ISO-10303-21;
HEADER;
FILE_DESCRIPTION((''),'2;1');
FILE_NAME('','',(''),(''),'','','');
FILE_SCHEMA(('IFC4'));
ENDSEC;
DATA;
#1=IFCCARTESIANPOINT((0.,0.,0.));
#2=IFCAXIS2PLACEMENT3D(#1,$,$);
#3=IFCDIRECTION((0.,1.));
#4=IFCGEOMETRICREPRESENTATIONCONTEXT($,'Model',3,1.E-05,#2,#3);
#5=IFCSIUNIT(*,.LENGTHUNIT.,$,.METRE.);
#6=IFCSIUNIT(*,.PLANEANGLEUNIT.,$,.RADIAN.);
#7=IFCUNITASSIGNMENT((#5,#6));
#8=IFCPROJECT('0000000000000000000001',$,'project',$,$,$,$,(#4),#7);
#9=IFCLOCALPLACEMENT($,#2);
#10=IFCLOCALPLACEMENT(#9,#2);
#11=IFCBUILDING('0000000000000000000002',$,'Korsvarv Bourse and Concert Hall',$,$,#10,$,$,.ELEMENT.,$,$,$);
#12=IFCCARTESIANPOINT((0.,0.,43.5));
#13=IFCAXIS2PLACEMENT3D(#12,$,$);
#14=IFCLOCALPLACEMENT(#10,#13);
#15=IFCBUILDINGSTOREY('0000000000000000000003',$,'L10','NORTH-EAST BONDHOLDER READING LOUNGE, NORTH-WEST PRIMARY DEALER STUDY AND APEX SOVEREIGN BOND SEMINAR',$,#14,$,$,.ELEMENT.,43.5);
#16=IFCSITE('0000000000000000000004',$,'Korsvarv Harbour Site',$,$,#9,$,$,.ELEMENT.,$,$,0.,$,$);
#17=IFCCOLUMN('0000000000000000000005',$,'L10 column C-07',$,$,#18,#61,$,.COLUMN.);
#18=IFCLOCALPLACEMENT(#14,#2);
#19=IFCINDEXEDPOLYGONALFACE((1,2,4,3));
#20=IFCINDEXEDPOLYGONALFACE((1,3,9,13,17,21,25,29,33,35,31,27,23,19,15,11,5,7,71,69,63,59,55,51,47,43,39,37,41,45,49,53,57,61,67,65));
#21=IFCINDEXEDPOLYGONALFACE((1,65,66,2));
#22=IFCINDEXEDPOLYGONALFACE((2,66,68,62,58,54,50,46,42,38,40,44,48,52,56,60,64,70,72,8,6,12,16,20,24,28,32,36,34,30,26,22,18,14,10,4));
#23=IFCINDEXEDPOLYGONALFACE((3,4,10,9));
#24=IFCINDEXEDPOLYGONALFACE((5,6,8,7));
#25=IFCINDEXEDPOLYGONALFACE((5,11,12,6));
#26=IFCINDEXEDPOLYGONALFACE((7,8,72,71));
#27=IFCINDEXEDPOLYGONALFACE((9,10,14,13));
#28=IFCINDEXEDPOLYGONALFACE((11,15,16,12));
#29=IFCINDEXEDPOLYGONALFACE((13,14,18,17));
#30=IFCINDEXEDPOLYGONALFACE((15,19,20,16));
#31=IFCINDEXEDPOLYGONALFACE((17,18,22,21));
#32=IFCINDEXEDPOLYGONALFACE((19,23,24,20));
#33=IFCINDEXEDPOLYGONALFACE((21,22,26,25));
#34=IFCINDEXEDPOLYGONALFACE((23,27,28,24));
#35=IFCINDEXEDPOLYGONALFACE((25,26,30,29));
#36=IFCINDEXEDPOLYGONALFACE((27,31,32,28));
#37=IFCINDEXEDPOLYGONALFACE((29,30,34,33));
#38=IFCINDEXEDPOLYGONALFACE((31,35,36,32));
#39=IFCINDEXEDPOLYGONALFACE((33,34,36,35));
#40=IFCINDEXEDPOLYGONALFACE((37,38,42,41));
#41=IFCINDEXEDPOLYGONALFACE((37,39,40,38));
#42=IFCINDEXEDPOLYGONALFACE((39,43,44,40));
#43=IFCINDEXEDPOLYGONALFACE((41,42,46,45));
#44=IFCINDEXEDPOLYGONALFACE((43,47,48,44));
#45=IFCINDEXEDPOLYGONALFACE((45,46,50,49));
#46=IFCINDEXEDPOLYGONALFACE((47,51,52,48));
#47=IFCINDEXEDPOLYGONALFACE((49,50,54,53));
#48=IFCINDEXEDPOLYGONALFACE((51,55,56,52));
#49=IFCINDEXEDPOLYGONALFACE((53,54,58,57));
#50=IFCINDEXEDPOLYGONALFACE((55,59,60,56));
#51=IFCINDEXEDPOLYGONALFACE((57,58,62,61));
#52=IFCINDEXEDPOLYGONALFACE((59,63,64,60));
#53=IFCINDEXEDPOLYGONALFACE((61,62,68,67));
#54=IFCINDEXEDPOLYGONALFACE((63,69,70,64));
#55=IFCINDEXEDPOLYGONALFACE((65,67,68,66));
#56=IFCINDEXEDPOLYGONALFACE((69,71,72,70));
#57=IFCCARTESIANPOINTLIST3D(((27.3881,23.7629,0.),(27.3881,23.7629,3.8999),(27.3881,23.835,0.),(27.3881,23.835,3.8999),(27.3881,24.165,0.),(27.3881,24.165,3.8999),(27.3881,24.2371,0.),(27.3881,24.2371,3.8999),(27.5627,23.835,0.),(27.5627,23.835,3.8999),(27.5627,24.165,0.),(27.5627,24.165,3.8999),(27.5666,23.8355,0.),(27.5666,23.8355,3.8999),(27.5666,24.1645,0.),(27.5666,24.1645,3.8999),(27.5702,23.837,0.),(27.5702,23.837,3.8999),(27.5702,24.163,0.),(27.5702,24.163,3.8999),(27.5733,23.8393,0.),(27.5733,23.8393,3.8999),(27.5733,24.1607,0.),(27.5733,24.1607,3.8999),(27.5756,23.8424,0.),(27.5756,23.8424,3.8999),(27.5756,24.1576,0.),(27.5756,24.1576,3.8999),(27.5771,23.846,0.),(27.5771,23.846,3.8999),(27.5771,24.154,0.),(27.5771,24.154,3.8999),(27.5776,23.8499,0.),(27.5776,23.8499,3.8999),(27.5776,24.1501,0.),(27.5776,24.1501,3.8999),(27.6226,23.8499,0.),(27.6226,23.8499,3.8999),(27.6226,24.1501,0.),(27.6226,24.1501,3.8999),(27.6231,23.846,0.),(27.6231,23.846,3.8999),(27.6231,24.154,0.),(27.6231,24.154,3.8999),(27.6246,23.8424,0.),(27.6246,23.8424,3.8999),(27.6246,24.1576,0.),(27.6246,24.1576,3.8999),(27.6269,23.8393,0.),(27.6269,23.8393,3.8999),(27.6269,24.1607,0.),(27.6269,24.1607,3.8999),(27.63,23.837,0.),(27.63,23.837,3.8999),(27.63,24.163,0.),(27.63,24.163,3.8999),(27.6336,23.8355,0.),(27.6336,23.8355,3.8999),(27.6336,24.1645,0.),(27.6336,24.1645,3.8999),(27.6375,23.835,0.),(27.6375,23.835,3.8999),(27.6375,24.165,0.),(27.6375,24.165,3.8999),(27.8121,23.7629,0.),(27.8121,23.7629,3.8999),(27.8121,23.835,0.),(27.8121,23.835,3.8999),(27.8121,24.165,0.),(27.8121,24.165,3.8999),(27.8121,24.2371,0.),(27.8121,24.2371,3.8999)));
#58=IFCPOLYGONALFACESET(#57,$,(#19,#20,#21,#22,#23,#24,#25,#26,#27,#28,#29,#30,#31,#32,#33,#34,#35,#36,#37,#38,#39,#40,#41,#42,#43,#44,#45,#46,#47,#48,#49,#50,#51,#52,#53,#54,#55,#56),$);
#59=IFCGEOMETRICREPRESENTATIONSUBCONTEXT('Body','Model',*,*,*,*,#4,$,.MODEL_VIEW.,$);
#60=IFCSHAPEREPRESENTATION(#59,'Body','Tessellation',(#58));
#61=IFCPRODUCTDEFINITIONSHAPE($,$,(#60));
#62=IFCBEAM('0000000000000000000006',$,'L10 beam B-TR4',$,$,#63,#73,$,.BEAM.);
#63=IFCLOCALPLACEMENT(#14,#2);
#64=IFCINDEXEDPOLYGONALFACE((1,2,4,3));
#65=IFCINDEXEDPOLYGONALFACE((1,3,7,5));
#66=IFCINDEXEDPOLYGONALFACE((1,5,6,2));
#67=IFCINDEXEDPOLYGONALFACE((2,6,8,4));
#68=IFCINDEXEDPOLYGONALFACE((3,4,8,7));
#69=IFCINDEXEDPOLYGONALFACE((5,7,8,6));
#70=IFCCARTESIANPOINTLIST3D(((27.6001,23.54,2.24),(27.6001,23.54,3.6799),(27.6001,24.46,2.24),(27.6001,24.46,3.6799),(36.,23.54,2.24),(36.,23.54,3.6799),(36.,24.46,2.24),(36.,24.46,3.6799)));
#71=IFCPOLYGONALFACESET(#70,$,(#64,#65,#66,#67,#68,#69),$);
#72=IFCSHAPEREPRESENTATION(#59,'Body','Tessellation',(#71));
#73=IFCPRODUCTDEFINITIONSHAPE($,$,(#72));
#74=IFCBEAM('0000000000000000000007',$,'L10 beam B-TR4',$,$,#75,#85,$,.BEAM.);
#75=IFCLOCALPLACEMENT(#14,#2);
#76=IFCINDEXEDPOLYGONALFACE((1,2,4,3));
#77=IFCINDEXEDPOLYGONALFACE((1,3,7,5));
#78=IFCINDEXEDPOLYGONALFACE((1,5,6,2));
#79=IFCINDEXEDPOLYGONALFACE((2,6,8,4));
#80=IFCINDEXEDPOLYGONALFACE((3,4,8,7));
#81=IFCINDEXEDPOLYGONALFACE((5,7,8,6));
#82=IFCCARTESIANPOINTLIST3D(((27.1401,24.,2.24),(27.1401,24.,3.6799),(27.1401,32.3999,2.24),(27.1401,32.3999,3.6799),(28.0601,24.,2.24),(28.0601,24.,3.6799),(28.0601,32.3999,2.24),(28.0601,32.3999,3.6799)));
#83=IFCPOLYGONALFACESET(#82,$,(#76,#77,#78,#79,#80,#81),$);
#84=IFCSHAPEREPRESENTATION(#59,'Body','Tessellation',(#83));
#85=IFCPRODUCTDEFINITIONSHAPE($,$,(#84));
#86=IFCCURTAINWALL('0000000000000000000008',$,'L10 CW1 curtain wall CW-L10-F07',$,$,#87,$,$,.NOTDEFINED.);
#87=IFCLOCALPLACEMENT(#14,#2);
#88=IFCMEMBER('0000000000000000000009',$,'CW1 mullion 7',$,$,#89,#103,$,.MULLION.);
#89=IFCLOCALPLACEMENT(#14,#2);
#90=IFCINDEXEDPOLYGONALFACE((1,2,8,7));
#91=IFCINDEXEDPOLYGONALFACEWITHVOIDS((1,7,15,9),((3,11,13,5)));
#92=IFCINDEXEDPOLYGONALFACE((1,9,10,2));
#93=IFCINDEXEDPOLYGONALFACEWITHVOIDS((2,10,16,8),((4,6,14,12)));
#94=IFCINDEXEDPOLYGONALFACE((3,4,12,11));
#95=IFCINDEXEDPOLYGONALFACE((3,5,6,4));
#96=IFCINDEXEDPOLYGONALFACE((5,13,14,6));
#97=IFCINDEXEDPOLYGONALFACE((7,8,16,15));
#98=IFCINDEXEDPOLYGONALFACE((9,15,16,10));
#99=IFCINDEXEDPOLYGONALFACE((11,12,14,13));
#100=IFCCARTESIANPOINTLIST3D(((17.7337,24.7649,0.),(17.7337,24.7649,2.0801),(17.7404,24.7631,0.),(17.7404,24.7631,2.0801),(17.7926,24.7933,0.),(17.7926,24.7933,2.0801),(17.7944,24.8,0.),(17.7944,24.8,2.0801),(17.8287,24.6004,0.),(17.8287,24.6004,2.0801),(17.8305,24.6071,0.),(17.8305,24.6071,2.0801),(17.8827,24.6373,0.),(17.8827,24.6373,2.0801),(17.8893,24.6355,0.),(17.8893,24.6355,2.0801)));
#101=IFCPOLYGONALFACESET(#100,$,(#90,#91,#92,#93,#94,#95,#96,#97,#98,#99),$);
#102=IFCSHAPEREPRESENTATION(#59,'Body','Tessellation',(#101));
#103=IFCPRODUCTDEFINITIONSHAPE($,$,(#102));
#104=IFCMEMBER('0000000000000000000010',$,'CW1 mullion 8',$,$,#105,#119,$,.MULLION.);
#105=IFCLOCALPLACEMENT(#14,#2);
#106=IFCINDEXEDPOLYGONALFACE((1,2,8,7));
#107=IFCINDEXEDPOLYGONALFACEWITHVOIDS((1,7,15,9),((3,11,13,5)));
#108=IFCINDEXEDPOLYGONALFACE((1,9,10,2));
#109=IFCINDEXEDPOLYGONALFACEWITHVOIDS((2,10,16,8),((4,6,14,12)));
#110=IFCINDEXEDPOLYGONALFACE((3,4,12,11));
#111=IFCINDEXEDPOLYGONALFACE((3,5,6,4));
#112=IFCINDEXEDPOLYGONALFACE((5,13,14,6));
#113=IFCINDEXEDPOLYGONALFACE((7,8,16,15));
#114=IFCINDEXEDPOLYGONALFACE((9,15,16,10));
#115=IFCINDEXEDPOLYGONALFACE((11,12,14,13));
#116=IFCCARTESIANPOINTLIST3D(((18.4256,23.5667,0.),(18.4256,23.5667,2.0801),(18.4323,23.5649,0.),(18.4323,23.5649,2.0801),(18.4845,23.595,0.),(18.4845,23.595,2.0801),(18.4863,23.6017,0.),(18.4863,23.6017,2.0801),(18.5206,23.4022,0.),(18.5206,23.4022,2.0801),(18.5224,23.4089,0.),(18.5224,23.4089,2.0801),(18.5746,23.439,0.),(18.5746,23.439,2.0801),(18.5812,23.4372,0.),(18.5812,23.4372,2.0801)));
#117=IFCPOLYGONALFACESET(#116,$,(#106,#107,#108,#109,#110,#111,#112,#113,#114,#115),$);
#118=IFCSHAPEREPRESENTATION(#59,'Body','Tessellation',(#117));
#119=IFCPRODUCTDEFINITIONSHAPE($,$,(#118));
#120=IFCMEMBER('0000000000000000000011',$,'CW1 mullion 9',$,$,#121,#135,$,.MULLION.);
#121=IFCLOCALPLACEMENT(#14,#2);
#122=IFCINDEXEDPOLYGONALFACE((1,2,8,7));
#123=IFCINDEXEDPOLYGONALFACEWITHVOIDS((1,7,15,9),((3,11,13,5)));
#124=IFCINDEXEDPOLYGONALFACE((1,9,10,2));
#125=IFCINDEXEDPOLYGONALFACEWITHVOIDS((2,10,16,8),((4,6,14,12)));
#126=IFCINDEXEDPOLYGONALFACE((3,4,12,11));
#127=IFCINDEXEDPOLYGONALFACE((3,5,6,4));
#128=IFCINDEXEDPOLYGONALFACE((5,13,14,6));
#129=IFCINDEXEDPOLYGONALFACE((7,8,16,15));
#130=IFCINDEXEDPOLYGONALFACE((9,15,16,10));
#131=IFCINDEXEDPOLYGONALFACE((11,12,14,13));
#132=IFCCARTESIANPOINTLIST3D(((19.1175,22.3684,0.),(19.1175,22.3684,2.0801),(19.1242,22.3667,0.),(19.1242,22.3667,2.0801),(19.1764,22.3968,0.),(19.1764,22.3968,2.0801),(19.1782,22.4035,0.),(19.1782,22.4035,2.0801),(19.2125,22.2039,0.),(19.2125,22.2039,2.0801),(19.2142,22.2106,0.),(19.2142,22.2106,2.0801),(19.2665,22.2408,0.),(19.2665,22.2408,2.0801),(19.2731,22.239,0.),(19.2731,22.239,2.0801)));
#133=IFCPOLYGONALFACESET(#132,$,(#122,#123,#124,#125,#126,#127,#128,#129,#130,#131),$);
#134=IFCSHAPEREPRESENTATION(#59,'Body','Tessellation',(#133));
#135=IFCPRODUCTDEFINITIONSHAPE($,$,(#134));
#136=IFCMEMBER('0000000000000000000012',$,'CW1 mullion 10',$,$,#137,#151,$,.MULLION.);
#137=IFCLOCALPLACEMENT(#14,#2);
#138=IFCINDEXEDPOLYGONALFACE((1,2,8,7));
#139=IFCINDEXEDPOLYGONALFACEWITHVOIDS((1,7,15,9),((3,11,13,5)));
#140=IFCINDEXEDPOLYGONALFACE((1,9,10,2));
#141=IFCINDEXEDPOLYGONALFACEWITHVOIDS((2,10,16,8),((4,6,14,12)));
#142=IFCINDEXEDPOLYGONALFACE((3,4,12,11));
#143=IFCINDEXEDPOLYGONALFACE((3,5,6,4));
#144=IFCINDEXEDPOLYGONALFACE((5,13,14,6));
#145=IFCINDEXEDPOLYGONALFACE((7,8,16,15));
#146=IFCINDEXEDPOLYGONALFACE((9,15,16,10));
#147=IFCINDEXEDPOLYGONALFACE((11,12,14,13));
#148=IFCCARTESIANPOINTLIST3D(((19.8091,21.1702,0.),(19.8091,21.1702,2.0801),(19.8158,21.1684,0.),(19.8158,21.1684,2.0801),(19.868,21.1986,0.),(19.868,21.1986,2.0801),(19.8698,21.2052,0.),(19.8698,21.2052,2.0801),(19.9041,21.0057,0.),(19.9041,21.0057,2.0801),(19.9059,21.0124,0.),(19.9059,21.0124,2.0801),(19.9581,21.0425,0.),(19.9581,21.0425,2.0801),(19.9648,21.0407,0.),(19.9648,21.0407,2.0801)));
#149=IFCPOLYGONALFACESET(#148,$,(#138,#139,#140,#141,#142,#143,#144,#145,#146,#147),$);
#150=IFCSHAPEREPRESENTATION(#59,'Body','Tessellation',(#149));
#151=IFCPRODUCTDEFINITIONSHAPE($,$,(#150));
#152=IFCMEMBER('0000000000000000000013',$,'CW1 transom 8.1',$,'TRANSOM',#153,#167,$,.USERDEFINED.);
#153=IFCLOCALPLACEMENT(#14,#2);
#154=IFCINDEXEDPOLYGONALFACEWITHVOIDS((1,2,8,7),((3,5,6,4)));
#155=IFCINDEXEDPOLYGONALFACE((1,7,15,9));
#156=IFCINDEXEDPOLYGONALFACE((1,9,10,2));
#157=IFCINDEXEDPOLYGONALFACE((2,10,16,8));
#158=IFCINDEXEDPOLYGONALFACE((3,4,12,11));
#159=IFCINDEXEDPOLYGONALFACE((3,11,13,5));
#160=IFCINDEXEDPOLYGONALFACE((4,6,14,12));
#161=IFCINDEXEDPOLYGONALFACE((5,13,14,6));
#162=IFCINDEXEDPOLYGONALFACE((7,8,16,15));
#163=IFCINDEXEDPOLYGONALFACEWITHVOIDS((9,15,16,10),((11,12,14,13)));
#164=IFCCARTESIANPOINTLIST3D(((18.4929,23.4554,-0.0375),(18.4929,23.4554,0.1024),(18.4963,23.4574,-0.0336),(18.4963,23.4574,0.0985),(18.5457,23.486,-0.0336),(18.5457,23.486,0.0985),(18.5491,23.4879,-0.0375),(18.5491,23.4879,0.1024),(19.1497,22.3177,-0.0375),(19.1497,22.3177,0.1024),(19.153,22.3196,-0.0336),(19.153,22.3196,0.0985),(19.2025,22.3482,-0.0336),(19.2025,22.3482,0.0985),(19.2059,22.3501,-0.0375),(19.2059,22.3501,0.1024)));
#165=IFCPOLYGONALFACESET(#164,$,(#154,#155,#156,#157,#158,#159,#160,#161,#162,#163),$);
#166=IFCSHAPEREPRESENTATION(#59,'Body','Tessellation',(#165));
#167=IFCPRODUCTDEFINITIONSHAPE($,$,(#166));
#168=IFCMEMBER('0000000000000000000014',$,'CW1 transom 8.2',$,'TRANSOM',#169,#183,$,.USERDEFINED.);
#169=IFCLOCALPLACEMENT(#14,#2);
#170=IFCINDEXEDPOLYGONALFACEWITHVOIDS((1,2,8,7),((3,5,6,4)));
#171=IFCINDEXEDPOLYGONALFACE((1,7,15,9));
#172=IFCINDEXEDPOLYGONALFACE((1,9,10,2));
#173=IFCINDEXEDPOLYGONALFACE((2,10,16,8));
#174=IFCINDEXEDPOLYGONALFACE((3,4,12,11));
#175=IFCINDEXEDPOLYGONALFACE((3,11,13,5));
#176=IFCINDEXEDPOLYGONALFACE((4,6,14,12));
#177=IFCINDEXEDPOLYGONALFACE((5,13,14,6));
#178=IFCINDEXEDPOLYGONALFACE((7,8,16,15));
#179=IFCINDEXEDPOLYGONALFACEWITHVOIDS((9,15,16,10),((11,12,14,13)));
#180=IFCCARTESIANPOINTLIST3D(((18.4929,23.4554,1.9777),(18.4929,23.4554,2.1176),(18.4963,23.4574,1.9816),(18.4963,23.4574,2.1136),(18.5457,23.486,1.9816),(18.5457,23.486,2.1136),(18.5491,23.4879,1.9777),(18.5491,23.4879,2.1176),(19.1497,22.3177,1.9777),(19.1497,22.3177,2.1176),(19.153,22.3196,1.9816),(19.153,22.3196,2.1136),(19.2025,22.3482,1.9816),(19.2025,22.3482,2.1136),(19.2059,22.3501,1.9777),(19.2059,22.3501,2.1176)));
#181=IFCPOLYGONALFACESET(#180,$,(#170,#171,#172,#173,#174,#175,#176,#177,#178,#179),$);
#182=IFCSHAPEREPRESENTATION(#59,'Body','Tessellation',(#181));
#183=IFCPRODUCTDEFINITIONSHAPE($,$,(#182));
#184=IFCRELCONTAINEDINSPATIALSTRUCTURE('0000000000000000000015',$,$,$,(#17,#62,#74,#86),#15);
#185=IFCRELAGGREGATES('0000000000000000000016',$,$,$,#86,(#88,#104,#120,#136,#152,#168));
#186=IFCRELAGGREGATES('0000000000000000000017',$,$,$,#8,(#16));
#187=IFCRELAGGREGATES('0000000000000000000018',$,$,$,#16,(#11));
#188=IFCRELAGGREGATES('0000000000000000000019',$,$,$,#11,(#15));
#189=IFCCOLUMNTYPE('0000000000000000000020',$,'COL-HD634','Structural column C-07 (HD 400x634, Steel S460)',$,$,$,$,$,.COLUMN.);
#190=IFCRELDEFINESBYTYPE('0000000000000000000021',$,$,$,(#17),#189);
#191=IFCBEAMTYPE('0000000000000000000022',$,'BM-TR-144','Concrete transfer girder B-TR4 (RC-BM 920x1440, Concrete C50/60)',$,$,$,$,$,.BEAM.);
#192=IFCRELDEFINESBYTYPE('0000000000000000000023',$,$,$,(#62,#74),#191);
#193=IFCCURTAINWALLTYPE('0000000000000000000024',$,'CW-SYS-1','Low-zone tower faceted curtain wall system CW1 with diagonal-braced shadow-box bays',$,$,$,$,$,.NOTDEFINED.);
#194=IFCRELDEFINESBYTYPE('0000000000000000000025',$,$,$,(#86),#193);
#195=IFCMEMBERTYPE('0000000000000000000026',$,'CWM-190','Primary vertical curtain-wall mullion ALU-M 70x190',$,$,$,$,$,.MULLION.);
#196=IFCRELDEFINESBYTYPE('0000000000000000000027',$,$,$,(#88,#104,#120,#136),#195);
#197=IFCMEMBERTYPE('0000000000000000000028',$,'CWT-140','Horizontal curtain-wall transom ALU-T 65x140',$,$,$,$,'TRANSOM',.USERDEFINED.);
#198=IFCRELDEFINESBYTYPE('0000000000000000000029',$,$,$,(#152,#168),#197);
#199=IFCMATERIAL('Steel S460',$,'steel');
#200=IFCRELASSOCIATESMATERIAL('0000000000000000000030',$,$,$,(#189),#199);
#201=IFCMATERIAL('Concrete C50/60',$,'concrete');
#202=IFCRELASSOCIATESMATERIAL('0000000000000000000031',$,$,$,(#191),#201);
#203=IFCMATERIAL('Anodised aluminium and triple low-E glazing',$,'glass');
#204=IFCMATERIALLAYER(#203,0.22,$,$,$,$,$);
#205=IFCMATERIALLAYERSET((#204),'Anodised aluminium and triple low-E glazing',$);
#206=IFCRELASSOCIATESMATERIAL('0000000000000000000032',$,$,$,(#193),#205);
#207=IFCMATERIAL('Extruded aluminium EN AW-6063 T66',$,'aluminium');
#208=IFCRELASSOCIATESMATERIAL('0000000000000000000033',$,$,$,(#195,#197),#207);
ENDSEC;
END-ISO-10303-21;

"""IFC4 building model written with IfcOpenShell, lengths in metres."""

from ifc_helpers import new_model, si_unit, direction, frame, origin, origin_2d, place, context, subcontext, project, spatial, rectangle, hollow_rectangle, i_section, extrude, source, transform, mapped, material, layer, layer_set, material_profile, profile_set, type_object, element, aggregate, save


model = new_model("IFC4")

# Units and contexts
model_context = context("Model", 3, precision=1e-05, world=origin(), true_north=direction((0.0, 1.0)))
body_context = subcontext(model_context, "Body", "Model", "MODEL_VIEW")
ifc_project = project(units=[si_unit("LENGTHUNIT", "METRE"), si_unit("PLANEANGLEUNIT", "RADIAN")], contexts=[model_context])

# Site, building, storey
site_placement = place(None, origin())
site = spatial("IfcSite", under=ifc_project, at=site_placement, Name="Korsvarv Harbour Site", CompositionType="ELEMENT", RefElevation=0.0)
building_placement = place(site_placement, origin())
building = spatial("IfcBuilding", under=site, at=building_placement, Name="Korsvarv Bourse and Concert Hall", CompositionType="ELEMENT")
storey_placement = place(building_placement, frame((0.0, 0.0, 43.5)))
storey = spatial("IfcBuildingStorey", under=building, at=storey_placement, Name="L10", Description="NORTH-EAST BONDHOLDER READING LOUNGE, NORTH-WEST PRIMARY DEALER STUDY AND APEX SOVEREIGN BOND SEMINAR", CompositionType="ELEMENT", Elevation=43.5)

# Column
ifc_material_1 = material(Name="Steel S460", Category="steel")
ifc_material_profile_1 = material_profile(ifc_material_1, i_section(OverallWidth=0.4241, OverallDepth=0.4741, WebThickness=0.0449, FlangeThickness=0.072, FilletRadius=0.0149, at=origin_2d()), Name="HD 400x634")
ifc_profile_set_1 = profile_set([ifc_material_profile_1], Name="Steel S460")
column_type = type_object("IfcColumnType", Name="COL-HD634", Description="Structural column C-07 (HD 400x634, Steel S460)", PredefinedType="COLUMN", material=ifc_profile_set_1)
shared_shape_1 = source(origin(), body_context, "Body", "SweptSolid", [
    extrude(i_section(OverallWidth=0.4241, OverallDepth=0.4741, WebThickness=0.0449, FlangeThickness=0.072, FilletRadius=0.0149, at=origin_2d()), origin(), (0.0, 0.0, 1.0), 3.8999),
])
column_placement = place(storey_placement, frame((27.6001, 24.0, 0.0), z_axis=(0.0, 0.0, 1.0), x_axis=(1.0, 0.0, 0.0)))
element("IfcColumn", 1, at=column_placement, inside=storey, type_object=column_type, Name="L10 column C-07", PredefinedType="COLUMN", context=body_context, shape_type="MappedRepresentation", body=[
    mapped(shared_shape_1, transform((0.0, 0.0, 0.0), scale=1.0)),
])

# Beams
ifc_material_2 = material(Name="Concrete C50/60", Category="concrete")
ifc_material_profile_2 = material_profile(ifc_material_2, rectangle(XDim=0.9199, YDim=1.4399, at=origin_2d()), Name="RC-BM 920x1440")
ifc_profile_set_2 = profile_set([ifc_material_profile_2], Name="Concrete C50/60")
beam_type = type_object("IfcBeamType", Name="BM-TR-144", Description="Concrete transfer girder B-TR4 (RC-BM 920x1440, Concrete C50/60)", PredefinedType="BEAM", material=ifc_profile_set_2)
shared_shape_2 = source(origin(), body_context, "Body", "SweptSolid", [
    extrude(rectangle(XDim=0.9199, YDim=1.4399, at=origin_2d()), origin(), (0.0, 0.0, 1.0), 8.3999),
])
for number, where, z_axis, x_axis, name in (
    (2, (27.6001, 24.0, 2.96), (1.0, 0.0, 0.0), (0.0, 1.0, 0.0), "L10 beam B-TR4"),
    (3, (27.6001, 24.0, 2.96), (0.0, 1.0, 0.0), (-1.0, 0.0, 0.0), "L10 beam B-TR4"),
):
    element("IfcBeam", number, at=place(storey_placement, frame(where, z_axis=z_axis, x_axis=x_axis)), inside=storey, type_object=beam_type, Name=name, PredefinedType="BEAM", context=body_context, shape_type="MappedRepresentation", body=[
        mapped(shared_shape_2, transform((0.0, 0.0, 0.0), scale=1.0)),
    ])

# Curtain wall, members
ifc_material_3 = material(Name="Anodised aluminium and triple low-E glazing", Category="glass")
ifc_layer_1 = layer(ifc_material_3, 0.22)
ifc_layer_set_1 = layer_set([ifc_layer_1], Name="Anodised aluminium and triple low-E glazing")
curtain_wall_type = type_object("IfcCurtainWallType", Name="CW-SYS-1", Description="Low-zone tower faceted curtain wall system CW1 with diagonal-braced shadow-box bays", PredefinedType="NOTDEFINED", material=ifc_layer_set_1)
curtain_wall_placement = place(storey_placement, origin())
curtain_wall = element("IfcCurtainWall", 4, at=curtain_wall_placement, inside=storey, type_object=curtain_wall_type, Name="L10 CW1 curtain wall CW-L10-F07", PredefinedType="NOTDEFINED")
ifc_material_4 = material(Name="Extruded aluminium EN AW-6063 T66", Category="aluminium")
ifc_material_profile_3 = material_profile(ifc_material_4, hollow_rectangle(XDim=0.0701, YDim=0.1899, WallThickness=0.0049, at=origin_2d()), Name="ALU-M 70x190")
ifc_profile_set_3 = profile_set([ifc_material_profile_3], Name="Extruded aluminium EN AW-6063 T66")
member_type_1 = type_object("IfcMemberType", Name="CWM-190", Description="Primary vertical curtain-wall mullion ALU-M 70x190", PredefinedType="MULLION", material=ifc_profile_set_3)
shared_shape_3 = source(origin(), body_context, "Body", "SweptSolid", [
    extrude(hollow_rectangle(XDim=0.0701, YDim=0.1899, WallThickness=0.0049, at=origin_2d()), origin(), (0.0, 0.0, 1.0), 2.0801),
])
member_1_placement = place(storey_placement, frame((17.8115, 24.7002, 0.0), z_axis=(0.0, 0.0, 1.0), x_axis=(0.866026, 0.5, 0.0)))
member_1 = element("IfcMember", 5, at=member_1_placement, type_object=member_type_1, Name="CW1 mullion 7", PredefinedType="MULLION", context=body_context, shape_type="MappedRepresentation", body=[
    mapped(shared_shape_3, transform((0.0, 0.0, 0.0), scale=1.0)),
])
member_2_placement = place(storey_placement, frame((18.5034, 23.502, 0.0), z_axis=(0.0, 0.0, 1.0), x_axis=(0.866026, 0.5, 0.0)))
member_2 = element("IfcMember", 6, at=member_2_placement, type_object=member_type_1, Name="CW1 mullion 8", PredefinedType="MULLION", context=body_context, shape_type="MappedRepresentation", body=[
    mapped(shared_shape_3, transform((0.0, 0.0, 0.0), scale=1.0)),
])
member_3_placement = place(storey_placement, frame((19.1953, 22.3037, 0.0), z_axis=(0.0, 0.0, 1.0), x_axis=(0.866026, 0.5, 0.0)))
member_3 = element("IfcMember", 7, at=member_3_placement, type_object=member_type_1, Name="CW1 mullion 9", PredefinedType="MULLION", context=body_context, shape_type="MappedRepresentation", body=[
    mapped(shared_shape_3, transform((0.0, 0.0, 0.0), scale=1.0)),
])
member_4_placement = place(storey_placement, frame((19.887, 21.1055, 0.0), z_axis=(0.0, 0.0, 1.0), x_axis=(0.866026, 0.5, 0.0)))
member_4 = element("IfcMember", 8, at=member_4_placement, type_object=member_type_1, Name="CW1 mullion 10", PredefinedType="MULLION", context=body_context, shape_type="MappedRepresentation", body=[
    mapped(shared_shape_3, transform((0.0, 0.0, 0.0), scale=1.0)),
])
ifc_material_profile_4 = material_profile(ifc_material_4, hollow_rectangle(XDim=0.0649, YDim=0.1399, WallThickness=0.0039, at=origin_2d()), Name="ALU-T 65x140")
ifc_profile_set_4 = profile_set([ifc_material_profile_4], Name="Extruded aluminium EN AW-6063 T66")
member_type_2 = type_object("IfcMemberType", Name="CWT-140", Description="Horizontal curtain-wall transom ALU-T 65x140", ElementType="TRANSOM", PredefinedType="USERDEFINED", material=ifc_profile_set_4)
shared_shape_4 = source(origin(), body_context, "Body", "SweptSolid", [
    extrude(hollow_rectangle(XDim=0.0649, YDim=0.1399, WallThickness=0.0039, at=origin_2d()), origin(), (0.0, 0.0, 1.0), 1.3137),
])
member_5_placement = place(storey_placement, frame((18.521, 23.4717, 0.0325), z_axis=(0.499937, -0.866062, 0.0), x_axis=(0.866062, 0.499937, 0.0)))
member_5 = element("IfcMember", 9, at=member_5_placement, type_object=member_type_2, Name="CW1 transom 8.1", ObjectType="TRANSOM", PredefinedType="USERDEFINED", context=body_context, shape_type="MappedRepresentation", body=[
    mapped(shared_shape_4, transform((0.0, 0.0, 0.0), scale=1.0)),
])
member_6_placement = place(storey_placement, frame((18.521, 23.4717, 2.0476), z_axis=(0.499937, -0.866062, 0.0), x_axis=(0.866062, 0.499937, 0.0)))
member_6 = element("IfcMember", 10, at=member_6_placement, type_object=member_type_2, Name="CW1 transom 8.2", ObjectType="TRANSOM", PredefinedType="USERDEFINED", context=body_context, shape_type="MappedRepresentation", body=[
    mapped(shared_shape_4, transform((0.0, 0.0, 0.0), scale=1.0)),
])
aggregate(curtain_wall, [member_1, member_2, member_3, member_4, member_5, member_6])

save(model, "model.ifc")
